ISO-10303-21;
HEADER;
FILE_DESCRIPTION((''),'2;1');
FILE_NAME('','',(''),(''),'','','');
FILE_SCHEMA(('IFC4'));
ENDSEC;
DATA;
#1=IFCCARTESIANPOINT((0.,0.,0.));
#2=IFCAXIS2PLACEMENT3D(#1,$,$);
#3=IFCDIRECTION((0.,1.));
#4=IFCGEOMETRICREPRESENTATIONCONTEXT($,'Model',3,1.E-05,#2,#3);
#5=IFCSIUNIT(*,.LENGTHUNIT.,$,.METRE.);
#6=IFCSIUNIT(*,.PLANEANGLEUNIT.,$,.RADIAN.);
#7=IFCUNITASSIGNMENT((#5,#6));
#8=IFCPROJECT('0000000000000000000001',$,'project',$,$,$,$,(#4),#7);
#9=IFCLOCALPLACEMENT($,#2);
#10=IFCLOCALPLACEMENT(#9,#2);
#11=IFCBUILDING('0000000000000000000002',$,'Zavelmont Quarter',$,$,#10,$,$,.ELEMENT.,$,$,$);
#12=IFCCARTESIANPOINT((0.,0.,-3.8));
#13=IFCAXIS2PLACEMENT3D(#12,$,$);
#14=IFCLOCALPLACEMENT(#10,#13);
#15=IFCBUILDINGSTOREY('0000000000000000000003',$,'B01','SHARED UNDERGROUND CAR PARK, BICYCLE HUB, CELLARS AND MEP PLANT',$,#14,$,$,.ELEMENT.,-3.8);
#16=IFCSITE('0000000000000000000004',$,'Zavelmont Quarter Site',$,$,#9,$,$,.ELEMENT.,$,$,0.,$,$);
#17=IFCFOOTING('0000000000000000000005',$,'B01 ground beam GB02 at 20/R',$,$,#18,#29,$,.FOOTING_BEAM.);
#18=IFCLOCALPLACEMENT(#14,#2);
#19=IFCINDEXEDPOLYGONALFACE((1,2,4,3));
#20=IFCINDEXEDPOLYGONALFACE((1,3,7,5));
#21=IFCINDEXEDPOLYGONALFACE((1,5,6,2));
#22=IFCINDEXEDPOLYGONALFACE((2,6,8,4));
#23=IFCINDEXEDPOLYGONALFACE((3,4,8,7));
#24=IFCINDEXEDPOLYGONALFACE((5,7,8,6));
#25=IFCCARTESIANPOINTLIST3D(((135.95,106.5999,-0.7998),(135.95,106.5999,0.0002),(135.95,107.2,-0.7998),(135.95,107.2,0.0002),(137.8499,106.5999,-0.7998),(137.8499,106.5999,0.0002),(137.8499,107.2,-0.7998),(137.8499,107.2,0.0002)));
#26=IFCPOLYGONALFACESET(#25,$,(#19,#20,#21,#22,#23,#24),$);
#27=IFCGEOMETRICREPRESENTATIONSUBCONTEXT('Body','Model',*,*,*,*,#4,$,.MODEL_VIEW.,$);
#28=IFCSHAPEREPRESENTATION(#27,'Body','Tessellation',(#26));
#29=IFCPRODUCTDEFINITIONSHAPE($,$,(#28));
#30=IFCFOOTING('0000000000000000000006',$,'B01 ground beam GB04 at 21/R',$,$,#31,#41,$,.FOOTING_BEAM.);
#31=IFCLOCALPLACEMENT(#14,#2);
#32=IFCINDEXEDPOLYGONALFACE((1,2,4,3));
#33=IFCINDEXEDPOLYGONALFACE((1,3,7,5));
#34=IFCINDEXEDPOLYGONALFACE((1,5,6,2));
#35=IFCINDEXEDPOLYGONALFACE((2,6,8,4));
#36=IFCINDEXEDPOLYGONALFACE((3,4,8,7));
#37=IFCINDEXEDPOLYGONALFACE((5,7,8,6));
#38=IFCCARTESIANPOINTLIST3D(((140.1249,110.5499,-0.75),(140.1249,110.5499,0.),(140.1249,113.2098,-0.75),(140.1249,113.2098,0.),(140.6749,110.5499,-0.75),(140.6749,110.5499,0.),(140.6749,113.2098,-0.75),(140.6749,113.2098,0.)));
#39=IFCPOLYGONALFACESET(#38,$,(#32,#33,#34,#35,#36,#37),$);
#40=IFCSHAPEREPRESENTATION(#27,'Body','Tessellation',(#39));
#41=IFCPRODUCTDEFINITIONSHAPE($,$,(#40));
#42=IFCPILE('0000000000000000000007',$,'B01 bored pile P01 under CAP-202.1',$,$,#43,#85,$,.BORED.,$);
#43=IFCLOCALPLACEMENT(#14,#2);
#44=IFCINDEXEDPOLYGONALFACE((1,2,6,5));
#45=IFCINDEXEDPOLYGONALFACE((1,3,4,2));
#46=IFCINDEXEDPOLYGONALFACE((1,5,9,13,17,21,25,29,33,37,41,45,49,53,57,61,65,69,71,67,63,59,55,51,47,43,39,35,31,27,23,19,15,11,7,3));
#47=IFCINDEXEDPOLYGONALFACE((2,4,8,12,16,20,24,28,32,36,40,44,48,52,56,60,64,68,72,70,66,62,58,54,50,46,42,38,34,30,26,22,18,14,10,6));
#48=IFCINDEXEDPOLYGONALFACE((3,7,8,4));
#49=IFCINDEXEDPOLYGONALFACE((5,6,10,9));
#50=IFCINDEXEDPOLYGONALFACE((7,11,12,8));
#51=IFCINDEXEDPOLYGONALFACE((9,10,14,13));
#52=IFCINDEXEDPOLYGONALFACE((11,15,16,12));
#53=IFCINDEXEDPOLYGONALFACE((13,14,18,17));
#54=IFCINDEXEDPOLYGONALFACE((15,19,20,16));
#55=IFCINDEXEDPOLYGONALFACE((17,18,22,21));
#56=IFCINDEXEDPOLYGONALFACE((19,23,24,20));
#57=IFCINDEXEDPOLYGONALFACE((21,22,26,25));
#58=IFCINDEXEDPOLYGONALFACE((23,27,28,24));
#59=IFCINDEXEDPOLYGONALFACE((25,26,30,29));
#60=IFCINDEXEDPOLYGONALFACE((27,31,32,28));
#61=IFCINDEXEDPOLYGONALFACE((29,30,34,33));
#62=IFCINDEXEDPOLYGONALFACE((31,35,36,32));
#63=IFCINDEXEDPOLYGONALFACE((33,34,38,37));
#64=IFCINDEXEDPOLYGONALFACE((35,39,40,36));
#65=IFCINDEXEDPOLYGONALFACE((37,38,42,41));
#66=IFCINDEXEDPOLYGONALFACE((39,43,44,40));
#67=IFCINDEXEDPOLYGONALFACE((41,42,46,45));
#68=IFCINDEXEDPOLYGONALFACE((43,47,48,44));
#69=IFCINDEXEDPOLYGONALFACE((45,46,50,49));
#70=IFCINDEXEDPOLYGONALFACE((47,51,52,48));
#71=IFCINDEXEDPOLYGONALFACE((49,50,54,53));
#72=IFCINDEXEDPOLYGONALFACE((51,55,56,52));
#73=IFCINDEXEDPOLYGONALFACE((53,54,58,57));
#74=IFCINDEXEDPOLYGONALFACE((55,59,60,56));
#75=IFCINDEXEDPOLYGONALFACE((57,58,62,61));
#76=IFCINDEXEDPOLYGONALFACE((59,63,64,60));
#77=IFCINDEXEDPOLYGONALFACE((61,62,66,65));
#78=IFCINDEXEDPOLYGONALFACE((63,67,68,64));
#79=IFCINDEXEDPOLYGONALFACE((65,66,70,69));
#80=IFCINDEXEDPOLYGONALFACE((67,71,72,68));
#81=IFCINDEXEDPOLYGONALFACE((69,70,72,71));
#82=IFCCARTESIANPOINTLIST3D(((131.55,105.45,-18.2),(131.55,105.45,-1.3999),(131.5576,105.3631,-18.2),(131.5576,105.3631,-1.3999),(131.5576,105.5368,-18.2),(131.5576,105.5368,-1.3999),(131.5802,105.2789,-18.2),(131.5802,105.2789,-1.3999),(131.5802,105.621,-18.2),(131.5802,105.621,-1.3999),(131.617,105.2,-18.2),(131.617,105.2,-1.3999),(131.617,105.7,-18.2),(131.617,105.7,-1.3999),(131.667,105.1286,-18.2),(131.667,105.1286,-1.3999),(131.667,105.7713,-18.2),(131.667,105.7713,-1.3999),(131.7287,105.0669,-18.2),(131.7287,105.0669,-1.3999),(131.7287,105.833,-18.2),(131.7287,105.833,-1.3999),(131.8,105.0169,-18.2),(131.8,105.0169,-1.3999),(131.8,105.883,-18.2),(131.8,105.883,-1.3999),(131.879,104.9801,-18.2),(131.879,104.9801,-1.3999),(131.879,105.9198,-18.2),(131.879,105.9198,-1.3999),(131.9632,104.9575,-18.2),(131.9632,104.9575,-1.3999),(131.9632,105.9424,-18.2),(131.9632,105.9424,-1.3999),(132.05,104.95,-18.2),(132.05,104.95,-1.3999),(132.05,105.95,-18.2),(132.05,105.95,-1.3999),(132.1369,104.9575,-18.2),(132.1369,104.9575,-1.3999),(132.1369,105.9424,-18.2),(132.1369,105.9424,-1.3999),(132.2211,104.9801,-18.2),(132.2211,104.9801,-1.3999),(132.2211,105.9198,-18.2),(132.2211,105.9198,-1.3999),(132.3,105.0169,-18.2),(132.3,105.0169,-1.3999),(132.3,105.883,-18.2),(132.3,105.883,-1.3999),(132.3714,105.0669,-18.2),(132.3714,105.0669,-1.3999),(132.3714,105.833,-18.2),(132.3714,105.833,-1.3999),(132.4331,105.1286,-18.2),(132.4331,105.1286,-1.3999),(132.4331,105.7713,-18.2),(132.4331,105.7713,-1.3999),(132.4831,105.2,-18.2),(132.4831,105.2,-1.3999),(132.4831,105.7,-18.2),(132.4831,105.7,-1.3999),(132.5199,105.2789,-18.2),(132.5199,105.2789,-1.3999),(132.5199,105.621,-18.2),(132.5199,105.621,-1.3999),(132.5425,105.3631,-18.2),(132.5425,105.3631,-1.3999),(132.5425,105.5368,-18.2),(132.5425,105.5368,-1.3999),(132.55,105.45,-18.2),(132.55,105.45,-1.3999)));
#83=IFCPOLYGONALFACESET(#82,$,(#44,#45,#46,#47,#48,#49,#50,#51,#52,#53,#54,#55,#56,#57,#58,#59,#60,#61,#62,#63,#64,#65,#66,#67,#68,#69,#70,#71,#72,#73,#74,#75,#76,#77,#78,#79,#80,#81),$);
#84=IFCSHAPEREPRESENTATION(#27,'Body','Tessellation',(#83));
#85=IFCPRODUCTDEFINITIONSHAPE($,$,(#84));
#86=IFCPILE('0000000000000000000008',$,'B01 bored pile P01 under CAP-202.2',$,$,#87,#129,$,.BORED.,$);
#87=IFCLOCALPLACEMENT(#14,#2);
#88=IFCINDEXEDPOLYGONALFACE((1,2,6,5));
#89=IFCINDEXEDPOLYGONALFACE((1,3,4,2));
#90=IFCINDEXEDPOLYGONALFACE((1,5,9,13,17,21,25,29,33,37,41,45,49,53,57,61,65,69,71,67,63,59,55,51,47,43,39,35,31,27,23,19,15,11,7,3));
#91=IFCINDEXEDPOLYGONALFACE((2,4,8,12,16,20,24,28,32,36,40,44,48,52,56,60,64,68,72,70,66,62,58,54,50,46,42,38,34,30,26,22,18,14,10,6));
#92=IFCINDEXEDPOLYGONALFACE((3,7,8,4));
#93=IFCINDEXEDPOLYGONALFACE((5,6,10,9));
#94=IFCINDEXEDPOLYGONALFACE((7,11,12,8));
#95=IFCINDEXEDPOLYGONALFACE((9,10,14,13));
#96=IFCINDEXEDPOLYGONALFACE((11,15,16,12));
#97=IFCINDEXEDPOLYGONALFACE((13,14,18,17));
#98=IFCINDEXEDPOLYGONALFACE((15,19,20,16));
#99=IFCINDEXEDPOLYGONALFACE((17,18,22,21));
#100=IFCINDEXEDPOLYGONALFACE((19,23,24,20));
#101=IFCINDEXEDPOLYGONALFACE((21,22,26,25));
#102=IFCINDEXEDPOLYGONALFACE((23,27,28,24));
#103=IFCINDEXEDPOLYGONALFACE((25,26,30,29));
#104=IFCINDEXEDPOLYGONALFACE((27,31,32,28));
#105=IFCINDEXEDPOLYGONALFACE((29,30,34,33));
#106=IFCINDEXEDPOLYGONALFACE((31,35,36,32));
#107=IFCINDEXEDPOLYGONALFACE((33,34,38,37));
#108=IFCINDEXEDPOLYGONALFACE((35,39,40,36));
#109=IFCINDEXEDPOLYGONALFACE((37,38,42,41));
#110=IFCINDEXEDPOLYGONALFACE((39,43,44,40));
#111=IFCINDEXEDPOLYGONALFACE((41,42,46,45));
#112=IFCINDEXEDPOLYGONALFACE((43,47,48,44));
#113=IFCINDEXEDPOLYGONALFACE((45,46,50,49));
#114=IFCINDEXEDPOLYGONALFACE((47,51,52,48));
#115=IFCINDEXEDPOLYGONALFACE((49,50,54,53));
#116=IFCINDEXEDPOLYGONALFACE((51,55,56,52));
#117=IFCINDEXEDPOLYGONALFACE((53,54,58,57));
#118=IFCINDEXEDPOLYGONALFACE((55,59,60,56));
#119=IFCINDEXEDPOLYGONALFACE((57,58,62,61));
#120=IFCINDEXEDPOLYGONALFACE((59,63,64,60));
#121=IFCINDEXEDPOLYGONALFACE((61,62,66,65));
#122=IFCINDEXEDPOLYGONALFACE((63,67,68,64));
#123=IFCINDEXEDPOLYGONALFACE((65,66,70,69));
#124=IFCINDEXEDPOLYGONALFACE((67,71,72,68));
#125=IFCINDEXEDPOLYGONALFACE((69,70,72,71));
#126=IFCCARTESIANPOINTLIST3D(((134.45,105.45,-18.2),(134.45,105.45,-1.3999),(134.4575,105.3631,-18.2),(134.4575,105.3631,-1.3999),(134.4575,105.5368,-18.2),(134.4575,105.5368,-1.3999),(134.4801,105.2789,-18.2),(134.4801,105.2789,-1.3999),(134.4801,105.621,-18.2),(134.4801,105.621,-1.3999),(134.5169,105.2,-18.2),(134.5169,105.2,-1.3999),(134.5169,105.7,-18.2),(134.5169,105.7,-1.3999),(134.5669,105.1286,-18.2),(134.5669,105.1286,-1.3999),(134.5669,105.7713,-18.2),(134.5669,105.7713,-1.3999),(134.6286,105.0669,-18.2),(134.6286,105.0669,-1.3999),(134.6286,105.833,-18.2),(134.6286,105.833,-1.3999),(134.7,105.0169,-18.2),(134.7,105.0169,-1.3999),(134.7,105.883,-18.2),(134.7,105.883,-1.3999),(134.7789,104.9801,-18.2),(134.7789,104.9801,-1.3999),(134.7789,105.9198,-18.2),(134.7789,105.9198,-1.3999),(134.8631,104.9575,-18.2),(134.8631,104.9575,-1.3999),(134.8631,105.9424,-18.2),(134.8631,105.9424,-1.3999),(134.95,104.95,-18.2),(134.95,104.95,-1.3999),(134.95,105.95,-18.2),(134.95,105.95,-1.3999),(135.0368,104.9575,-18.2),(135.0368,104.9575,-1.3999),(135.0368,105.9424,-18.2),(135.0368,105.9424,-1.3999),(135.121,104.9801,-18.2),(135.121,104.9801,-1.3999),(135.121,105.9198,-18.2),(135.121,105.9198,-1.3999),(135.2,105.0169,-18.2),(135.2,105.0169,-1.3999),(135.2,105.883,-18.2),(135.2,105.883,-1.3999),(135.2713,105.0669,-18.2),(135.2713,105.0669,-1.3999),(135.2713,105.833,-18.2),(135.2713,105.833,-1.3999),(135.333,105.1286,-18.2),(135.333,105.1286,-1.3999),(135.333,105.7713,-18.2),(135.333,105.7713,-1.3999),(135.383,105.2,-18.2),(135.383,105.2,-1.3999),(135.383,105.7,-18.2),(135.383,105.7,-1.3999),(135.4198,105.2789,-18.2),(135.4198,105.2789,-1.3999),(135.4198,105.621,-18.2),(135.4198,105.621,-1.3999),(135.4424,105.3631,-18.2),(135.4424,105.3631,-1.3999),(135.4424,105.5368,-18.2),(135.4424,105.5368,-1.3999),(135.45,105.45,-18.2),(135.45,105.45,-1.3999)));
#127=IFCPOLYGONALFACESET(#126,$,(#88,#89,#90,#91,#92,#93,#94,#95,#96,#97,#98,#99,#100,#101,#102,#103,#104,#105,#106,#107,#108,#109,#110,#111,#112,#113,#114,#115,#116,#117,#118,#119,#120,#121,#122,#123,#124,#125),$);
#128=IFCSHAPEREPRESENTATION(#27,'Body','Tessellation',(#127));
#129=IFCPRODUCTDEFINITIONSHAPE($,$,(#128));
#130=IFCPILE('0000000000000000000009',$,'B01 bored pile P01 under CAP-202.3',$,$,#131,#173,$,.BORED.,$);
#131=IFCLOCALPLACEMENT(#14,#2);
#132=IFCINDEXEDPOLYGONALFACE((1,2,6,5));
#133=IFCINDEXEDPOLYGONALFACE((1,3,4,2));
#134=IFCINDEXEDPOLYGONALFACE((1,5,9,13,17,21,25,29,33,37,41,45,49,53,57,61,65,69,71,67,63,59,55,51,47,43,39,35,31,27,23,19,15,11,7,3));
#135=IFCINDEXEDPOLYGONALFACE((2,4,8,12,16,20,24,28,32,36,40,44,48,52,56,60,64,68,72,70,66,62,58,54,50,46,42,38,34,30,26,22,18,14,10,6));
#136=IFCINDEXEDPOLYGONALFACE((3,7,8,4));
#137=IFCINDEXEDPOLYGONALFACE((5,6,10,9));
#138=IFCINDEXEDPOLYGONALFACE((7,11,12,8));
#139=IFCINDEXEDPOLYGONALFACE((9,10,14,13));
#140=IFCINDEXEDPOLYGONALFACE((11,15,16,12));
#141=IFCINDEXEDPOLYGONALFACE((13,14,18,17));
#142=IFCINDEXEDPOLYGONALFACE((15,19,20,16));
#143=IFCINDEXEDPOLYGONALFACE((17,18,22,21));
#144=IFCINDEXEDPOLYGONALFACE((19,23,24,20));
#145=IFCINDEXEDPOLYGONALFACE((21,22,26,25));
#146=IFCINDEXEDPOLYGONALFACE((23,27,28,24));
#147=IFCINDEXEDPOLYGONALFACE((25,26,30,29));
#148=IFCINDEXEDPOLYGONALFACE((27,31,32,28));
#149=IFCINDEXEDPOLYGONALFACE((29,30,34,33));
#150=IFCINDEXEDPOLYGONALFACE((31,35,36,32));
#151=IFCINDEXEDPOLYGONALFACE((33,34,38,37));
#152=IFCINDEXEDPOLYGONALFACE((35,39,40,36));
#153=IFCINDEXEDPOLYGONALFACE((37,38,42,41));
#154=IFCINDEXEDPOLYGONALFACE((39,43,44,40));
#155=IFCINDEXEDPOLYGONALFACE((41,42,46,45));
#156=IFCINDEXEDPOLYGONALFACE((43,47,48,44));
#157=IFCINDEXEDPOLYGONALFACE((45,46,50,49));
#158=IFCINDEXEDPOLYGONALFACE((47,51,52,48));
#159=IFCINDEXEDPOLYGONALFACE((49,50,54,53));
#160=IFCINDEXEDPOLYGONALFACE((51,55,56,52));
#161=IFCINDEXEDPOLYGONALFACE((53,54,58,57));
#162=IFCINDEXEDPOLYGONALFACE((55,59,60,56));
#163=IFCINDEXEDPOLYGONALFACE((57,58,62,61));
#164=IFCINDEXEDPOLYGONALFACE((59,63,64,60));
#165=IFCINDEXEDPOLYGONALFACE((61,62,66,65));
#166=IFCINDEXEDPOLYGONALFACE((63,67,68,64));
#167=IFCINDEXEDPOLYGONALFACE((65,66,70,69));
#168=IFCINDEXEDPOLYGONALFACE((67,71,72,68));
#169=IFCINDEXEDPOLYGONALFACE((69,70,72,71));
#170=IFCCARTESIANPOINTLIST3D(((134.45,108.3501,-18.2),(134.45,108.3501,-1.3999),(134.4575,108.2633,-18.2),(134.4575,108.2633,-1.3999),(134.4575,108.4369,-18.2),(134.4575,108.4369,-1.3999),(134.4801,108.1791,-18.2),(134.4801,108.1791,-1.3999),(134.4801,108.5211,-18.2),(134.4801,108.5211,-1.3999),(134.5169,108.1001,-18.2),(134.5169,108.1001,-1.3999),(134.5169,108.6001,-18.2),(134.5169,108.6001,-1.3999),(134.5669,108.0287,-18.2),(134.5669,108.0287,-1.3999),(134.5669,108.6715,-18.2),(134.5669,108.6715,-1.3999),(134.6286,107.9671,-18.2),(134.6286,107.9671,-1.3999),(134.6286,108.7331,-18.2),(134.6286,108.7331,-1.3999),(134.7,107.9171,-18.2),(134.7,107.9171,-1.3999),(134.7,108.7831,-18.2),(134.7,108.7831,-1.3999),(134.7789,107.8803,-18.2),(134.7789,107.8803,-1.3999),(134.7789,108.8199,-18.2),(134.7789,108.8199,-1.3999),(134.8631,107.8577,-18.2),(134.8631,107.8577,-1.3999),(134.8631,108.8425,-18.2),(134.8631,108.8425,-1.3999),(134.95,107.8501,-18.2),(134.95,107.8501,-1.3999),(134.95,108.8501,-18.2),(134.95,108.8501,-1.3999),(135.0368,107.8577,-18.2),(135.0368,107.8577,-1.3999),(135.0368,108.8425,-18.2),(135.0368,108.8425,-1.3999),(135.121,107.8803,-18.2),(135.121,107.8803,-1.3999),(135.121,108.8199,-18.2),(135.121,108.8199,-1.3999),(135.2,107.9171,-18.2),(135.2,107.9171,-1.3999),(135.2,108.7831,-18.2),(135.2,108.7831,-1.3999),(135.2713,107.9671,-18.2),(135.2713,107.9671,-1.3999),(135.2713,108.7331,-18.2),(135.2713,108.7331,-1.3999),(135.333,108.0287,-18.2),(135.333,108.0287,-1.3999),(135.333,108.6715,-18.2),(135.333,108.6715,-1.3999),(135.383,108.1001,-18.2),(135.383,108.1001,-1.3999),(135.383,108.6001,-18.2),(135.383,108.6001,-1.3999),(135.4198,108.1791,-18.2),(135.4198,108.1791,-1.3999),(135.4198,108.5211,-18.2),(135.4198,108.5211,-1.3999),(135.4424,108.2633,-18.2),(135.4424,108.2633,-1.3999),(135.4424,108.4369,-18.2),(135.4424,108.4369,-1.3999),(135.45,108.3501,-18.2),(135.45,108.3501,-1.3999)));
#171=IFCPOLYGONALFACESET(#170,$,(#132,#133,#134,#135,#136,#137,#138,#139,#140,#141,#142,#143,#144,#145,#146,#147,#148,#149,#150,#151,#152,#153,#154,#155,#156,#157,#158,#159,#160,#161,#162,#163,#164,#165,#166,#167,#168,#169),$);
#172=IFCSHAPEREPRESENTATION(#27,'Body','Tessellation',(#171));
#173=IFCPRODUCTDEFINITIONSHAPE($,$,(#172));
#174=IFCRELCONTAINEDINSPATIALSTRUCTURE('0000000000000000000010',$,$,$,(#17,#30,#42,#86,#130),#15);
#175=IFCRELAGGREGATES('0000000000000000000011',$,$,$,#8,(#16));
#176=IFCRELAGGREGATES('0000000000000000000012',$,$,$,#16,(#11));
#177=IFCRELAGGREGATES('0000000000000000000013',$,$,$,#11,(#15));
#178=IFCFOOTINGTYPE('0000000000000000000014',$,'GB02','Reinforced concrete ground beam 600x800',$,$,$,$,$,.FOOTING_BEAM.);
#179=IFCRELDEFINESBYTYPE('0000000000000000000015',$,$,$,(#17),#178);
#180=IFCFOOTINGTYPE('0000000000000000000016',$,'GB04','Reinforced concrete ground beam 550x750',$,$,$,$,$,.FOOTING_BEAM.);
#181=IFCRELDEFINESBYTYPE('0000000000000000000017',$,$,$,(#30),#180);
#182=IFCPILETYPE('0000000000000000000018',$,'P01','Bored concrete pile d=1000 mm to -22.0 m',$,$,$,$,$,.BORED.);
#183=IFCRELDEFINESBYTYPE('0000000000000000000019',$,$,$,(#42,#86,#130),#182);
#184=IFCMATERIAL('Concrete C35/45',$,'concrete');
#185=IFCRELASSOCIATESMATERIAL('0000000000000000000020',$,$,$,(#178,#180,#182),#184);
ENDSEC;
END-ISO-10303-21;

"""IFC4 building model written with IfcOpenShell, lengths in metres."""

from ifc_helpers import new_model, si_unit, direction, frame, origin, origin_2d, place, context, subcontext, project, spatial, rectangle, circle, extrude, material, material_profile, profile_set, type_object, element, save


model = new_model("IFC4")

# Units and contexts
model_context = context("Model", 3, precision=1e-05, world=origin(), true_north=direction((0.0, 1.0)))
body_context = subcontext(model_context, "Body", "Model", "MODEL_VIEW")
ifc_project = project(units=[si_unit("LENGTHUNIT", "METRE"), si_unit("PLANEANGLEUNIT", "RADIAN")], contexts=[model_context])

# Site, building, storey
site_placement = place(None, origin())
site = spatial("IfcSite", under=ifc_project, at=site_placement, Name="Zavelmont Quarter Site", CompositionType="ELEMENT", RefElevation=0.0)
building_placement = place(site_placement, origin())
building = spatial("IfcBuilding", under=site, at=building_placement, Name="Zavelmont Quarter", CompositionType="ELEMENT")
storey_placement = place(building_placement, frame((0.0, 0.0, -3.8)))
storey = spatial("IfcBuildingStorey", under=building, at=storey_placement, Name="B01", Description="SHARED UNDERGROUND CAR PARK, BICYCLE HUB, CELLARS AND MEP PLANT", CompositionType="ELEMENT", Elevation=-3.8)

# Footings
ifc_material_1 = material(Name="Concrete C35/45", Category="concrete")
footing_type_1 = type_object("IfcFootingType", Name="GB02", Description="Reinforced concrete ground beam 600x800", PredefinedType="FOOTING_BEAM", material=ifc_material_1)
footing_1_placement = place(storey_placement, frame((136.8999, 106.8999, -0.7998), z_axis=(0.0, 0.0, 1.0), x_axis=(1.0, 0.0, 0.0)))
element("IfcFooting", 1, at=footing_1_placement, inside=storey, type_object=footing_type_1, Name="B01 ground beam GB02 at 20/R", PredefinedType="FOOTING_BEAM", context=body_context, shape_type="SweptSolid", body=[
    extrude(rectangle(XDim=1.8999, YDim=0.6001, at=origin_2d()), origin(), (0.0, 0.0, 1.0), 0.8),
])
footing_type_2 = type_object("IfcFootingType", Name="GB04", Description="Reinforced concrete ground beam 550x750", PredefinedType="FOOTING_BEAM", material=ifc_material_1)
footing_2_placement = place(storey_placement, frame((140.3999, 111.8799, -0.75), z_axis=(0.0, 0.0, 1.0), x_axis=(0.0, 1.0, 0.0)))
element("IfcFooting", 2, at=footing_2_placement, inside=storey, type_object=footing_type_2, Name="B01 ground beam GB04 at 21/R", PredefinedType="FOOTING_BEAM", context=body_context, shape_type="SweptSolid", body=[
    extrude(rectangle(XDim=2.6599, YDim=0.55, at=origin_2d()), origin(), (0.0, 0.0, 1.0), 0.75),
])

# Piles
ifc_material_profile_1 = material_profile(ifc_material_1, circle(Radius=0.5, at=origin_2d()), Name="BP1000")
ifc_profile_set_1 = profile_set([ifc_material_profile_1], Name="Concrete C35/45")
pile_type_1 = type_object("IfcPileType", Name="P01", Description="Bored concrete pile d=1000 mm to -22.0 m", PredefinedType="BORED", material=ifc_profile_set_1)
for number, where, z_axis, x_axis, name in (
    (3, (132.05, 105.45, -1.3999), (0.0, 0.0, -1.0), (1.0, 0.0, 0.0), "B01 bored pile P01 under CAP-202.1"),
    (4, (134.95, 105.45, -1.3999), (0.0, 0.0, -1.0), (1.0, 0.0, 0.0), "B01 bored pile P01 under CAP-202.2"),
    (5, (134.95, 108.3501, -1.3999), (0.0, 0.0, -1.0), (1.0, 0.0, 0.0), "B01 bored pile P01 under CAP-202.3"),
):
    element("IfcPile", number, at=place(storey_placement, frame(where, z_axis=z_axis, x_axis=x_axis)), inside=storey, type_object=pile_type_1, Name=name, PredefinedType="BORED", context=body_context, shape_type="SweptSolid", body=[
        extrude(circle(Radius=0.5, at=origin_2d()), origin(), (0.0, 0.0, 1.0), 16.8),
    ])

save(model, "model.ifc")
